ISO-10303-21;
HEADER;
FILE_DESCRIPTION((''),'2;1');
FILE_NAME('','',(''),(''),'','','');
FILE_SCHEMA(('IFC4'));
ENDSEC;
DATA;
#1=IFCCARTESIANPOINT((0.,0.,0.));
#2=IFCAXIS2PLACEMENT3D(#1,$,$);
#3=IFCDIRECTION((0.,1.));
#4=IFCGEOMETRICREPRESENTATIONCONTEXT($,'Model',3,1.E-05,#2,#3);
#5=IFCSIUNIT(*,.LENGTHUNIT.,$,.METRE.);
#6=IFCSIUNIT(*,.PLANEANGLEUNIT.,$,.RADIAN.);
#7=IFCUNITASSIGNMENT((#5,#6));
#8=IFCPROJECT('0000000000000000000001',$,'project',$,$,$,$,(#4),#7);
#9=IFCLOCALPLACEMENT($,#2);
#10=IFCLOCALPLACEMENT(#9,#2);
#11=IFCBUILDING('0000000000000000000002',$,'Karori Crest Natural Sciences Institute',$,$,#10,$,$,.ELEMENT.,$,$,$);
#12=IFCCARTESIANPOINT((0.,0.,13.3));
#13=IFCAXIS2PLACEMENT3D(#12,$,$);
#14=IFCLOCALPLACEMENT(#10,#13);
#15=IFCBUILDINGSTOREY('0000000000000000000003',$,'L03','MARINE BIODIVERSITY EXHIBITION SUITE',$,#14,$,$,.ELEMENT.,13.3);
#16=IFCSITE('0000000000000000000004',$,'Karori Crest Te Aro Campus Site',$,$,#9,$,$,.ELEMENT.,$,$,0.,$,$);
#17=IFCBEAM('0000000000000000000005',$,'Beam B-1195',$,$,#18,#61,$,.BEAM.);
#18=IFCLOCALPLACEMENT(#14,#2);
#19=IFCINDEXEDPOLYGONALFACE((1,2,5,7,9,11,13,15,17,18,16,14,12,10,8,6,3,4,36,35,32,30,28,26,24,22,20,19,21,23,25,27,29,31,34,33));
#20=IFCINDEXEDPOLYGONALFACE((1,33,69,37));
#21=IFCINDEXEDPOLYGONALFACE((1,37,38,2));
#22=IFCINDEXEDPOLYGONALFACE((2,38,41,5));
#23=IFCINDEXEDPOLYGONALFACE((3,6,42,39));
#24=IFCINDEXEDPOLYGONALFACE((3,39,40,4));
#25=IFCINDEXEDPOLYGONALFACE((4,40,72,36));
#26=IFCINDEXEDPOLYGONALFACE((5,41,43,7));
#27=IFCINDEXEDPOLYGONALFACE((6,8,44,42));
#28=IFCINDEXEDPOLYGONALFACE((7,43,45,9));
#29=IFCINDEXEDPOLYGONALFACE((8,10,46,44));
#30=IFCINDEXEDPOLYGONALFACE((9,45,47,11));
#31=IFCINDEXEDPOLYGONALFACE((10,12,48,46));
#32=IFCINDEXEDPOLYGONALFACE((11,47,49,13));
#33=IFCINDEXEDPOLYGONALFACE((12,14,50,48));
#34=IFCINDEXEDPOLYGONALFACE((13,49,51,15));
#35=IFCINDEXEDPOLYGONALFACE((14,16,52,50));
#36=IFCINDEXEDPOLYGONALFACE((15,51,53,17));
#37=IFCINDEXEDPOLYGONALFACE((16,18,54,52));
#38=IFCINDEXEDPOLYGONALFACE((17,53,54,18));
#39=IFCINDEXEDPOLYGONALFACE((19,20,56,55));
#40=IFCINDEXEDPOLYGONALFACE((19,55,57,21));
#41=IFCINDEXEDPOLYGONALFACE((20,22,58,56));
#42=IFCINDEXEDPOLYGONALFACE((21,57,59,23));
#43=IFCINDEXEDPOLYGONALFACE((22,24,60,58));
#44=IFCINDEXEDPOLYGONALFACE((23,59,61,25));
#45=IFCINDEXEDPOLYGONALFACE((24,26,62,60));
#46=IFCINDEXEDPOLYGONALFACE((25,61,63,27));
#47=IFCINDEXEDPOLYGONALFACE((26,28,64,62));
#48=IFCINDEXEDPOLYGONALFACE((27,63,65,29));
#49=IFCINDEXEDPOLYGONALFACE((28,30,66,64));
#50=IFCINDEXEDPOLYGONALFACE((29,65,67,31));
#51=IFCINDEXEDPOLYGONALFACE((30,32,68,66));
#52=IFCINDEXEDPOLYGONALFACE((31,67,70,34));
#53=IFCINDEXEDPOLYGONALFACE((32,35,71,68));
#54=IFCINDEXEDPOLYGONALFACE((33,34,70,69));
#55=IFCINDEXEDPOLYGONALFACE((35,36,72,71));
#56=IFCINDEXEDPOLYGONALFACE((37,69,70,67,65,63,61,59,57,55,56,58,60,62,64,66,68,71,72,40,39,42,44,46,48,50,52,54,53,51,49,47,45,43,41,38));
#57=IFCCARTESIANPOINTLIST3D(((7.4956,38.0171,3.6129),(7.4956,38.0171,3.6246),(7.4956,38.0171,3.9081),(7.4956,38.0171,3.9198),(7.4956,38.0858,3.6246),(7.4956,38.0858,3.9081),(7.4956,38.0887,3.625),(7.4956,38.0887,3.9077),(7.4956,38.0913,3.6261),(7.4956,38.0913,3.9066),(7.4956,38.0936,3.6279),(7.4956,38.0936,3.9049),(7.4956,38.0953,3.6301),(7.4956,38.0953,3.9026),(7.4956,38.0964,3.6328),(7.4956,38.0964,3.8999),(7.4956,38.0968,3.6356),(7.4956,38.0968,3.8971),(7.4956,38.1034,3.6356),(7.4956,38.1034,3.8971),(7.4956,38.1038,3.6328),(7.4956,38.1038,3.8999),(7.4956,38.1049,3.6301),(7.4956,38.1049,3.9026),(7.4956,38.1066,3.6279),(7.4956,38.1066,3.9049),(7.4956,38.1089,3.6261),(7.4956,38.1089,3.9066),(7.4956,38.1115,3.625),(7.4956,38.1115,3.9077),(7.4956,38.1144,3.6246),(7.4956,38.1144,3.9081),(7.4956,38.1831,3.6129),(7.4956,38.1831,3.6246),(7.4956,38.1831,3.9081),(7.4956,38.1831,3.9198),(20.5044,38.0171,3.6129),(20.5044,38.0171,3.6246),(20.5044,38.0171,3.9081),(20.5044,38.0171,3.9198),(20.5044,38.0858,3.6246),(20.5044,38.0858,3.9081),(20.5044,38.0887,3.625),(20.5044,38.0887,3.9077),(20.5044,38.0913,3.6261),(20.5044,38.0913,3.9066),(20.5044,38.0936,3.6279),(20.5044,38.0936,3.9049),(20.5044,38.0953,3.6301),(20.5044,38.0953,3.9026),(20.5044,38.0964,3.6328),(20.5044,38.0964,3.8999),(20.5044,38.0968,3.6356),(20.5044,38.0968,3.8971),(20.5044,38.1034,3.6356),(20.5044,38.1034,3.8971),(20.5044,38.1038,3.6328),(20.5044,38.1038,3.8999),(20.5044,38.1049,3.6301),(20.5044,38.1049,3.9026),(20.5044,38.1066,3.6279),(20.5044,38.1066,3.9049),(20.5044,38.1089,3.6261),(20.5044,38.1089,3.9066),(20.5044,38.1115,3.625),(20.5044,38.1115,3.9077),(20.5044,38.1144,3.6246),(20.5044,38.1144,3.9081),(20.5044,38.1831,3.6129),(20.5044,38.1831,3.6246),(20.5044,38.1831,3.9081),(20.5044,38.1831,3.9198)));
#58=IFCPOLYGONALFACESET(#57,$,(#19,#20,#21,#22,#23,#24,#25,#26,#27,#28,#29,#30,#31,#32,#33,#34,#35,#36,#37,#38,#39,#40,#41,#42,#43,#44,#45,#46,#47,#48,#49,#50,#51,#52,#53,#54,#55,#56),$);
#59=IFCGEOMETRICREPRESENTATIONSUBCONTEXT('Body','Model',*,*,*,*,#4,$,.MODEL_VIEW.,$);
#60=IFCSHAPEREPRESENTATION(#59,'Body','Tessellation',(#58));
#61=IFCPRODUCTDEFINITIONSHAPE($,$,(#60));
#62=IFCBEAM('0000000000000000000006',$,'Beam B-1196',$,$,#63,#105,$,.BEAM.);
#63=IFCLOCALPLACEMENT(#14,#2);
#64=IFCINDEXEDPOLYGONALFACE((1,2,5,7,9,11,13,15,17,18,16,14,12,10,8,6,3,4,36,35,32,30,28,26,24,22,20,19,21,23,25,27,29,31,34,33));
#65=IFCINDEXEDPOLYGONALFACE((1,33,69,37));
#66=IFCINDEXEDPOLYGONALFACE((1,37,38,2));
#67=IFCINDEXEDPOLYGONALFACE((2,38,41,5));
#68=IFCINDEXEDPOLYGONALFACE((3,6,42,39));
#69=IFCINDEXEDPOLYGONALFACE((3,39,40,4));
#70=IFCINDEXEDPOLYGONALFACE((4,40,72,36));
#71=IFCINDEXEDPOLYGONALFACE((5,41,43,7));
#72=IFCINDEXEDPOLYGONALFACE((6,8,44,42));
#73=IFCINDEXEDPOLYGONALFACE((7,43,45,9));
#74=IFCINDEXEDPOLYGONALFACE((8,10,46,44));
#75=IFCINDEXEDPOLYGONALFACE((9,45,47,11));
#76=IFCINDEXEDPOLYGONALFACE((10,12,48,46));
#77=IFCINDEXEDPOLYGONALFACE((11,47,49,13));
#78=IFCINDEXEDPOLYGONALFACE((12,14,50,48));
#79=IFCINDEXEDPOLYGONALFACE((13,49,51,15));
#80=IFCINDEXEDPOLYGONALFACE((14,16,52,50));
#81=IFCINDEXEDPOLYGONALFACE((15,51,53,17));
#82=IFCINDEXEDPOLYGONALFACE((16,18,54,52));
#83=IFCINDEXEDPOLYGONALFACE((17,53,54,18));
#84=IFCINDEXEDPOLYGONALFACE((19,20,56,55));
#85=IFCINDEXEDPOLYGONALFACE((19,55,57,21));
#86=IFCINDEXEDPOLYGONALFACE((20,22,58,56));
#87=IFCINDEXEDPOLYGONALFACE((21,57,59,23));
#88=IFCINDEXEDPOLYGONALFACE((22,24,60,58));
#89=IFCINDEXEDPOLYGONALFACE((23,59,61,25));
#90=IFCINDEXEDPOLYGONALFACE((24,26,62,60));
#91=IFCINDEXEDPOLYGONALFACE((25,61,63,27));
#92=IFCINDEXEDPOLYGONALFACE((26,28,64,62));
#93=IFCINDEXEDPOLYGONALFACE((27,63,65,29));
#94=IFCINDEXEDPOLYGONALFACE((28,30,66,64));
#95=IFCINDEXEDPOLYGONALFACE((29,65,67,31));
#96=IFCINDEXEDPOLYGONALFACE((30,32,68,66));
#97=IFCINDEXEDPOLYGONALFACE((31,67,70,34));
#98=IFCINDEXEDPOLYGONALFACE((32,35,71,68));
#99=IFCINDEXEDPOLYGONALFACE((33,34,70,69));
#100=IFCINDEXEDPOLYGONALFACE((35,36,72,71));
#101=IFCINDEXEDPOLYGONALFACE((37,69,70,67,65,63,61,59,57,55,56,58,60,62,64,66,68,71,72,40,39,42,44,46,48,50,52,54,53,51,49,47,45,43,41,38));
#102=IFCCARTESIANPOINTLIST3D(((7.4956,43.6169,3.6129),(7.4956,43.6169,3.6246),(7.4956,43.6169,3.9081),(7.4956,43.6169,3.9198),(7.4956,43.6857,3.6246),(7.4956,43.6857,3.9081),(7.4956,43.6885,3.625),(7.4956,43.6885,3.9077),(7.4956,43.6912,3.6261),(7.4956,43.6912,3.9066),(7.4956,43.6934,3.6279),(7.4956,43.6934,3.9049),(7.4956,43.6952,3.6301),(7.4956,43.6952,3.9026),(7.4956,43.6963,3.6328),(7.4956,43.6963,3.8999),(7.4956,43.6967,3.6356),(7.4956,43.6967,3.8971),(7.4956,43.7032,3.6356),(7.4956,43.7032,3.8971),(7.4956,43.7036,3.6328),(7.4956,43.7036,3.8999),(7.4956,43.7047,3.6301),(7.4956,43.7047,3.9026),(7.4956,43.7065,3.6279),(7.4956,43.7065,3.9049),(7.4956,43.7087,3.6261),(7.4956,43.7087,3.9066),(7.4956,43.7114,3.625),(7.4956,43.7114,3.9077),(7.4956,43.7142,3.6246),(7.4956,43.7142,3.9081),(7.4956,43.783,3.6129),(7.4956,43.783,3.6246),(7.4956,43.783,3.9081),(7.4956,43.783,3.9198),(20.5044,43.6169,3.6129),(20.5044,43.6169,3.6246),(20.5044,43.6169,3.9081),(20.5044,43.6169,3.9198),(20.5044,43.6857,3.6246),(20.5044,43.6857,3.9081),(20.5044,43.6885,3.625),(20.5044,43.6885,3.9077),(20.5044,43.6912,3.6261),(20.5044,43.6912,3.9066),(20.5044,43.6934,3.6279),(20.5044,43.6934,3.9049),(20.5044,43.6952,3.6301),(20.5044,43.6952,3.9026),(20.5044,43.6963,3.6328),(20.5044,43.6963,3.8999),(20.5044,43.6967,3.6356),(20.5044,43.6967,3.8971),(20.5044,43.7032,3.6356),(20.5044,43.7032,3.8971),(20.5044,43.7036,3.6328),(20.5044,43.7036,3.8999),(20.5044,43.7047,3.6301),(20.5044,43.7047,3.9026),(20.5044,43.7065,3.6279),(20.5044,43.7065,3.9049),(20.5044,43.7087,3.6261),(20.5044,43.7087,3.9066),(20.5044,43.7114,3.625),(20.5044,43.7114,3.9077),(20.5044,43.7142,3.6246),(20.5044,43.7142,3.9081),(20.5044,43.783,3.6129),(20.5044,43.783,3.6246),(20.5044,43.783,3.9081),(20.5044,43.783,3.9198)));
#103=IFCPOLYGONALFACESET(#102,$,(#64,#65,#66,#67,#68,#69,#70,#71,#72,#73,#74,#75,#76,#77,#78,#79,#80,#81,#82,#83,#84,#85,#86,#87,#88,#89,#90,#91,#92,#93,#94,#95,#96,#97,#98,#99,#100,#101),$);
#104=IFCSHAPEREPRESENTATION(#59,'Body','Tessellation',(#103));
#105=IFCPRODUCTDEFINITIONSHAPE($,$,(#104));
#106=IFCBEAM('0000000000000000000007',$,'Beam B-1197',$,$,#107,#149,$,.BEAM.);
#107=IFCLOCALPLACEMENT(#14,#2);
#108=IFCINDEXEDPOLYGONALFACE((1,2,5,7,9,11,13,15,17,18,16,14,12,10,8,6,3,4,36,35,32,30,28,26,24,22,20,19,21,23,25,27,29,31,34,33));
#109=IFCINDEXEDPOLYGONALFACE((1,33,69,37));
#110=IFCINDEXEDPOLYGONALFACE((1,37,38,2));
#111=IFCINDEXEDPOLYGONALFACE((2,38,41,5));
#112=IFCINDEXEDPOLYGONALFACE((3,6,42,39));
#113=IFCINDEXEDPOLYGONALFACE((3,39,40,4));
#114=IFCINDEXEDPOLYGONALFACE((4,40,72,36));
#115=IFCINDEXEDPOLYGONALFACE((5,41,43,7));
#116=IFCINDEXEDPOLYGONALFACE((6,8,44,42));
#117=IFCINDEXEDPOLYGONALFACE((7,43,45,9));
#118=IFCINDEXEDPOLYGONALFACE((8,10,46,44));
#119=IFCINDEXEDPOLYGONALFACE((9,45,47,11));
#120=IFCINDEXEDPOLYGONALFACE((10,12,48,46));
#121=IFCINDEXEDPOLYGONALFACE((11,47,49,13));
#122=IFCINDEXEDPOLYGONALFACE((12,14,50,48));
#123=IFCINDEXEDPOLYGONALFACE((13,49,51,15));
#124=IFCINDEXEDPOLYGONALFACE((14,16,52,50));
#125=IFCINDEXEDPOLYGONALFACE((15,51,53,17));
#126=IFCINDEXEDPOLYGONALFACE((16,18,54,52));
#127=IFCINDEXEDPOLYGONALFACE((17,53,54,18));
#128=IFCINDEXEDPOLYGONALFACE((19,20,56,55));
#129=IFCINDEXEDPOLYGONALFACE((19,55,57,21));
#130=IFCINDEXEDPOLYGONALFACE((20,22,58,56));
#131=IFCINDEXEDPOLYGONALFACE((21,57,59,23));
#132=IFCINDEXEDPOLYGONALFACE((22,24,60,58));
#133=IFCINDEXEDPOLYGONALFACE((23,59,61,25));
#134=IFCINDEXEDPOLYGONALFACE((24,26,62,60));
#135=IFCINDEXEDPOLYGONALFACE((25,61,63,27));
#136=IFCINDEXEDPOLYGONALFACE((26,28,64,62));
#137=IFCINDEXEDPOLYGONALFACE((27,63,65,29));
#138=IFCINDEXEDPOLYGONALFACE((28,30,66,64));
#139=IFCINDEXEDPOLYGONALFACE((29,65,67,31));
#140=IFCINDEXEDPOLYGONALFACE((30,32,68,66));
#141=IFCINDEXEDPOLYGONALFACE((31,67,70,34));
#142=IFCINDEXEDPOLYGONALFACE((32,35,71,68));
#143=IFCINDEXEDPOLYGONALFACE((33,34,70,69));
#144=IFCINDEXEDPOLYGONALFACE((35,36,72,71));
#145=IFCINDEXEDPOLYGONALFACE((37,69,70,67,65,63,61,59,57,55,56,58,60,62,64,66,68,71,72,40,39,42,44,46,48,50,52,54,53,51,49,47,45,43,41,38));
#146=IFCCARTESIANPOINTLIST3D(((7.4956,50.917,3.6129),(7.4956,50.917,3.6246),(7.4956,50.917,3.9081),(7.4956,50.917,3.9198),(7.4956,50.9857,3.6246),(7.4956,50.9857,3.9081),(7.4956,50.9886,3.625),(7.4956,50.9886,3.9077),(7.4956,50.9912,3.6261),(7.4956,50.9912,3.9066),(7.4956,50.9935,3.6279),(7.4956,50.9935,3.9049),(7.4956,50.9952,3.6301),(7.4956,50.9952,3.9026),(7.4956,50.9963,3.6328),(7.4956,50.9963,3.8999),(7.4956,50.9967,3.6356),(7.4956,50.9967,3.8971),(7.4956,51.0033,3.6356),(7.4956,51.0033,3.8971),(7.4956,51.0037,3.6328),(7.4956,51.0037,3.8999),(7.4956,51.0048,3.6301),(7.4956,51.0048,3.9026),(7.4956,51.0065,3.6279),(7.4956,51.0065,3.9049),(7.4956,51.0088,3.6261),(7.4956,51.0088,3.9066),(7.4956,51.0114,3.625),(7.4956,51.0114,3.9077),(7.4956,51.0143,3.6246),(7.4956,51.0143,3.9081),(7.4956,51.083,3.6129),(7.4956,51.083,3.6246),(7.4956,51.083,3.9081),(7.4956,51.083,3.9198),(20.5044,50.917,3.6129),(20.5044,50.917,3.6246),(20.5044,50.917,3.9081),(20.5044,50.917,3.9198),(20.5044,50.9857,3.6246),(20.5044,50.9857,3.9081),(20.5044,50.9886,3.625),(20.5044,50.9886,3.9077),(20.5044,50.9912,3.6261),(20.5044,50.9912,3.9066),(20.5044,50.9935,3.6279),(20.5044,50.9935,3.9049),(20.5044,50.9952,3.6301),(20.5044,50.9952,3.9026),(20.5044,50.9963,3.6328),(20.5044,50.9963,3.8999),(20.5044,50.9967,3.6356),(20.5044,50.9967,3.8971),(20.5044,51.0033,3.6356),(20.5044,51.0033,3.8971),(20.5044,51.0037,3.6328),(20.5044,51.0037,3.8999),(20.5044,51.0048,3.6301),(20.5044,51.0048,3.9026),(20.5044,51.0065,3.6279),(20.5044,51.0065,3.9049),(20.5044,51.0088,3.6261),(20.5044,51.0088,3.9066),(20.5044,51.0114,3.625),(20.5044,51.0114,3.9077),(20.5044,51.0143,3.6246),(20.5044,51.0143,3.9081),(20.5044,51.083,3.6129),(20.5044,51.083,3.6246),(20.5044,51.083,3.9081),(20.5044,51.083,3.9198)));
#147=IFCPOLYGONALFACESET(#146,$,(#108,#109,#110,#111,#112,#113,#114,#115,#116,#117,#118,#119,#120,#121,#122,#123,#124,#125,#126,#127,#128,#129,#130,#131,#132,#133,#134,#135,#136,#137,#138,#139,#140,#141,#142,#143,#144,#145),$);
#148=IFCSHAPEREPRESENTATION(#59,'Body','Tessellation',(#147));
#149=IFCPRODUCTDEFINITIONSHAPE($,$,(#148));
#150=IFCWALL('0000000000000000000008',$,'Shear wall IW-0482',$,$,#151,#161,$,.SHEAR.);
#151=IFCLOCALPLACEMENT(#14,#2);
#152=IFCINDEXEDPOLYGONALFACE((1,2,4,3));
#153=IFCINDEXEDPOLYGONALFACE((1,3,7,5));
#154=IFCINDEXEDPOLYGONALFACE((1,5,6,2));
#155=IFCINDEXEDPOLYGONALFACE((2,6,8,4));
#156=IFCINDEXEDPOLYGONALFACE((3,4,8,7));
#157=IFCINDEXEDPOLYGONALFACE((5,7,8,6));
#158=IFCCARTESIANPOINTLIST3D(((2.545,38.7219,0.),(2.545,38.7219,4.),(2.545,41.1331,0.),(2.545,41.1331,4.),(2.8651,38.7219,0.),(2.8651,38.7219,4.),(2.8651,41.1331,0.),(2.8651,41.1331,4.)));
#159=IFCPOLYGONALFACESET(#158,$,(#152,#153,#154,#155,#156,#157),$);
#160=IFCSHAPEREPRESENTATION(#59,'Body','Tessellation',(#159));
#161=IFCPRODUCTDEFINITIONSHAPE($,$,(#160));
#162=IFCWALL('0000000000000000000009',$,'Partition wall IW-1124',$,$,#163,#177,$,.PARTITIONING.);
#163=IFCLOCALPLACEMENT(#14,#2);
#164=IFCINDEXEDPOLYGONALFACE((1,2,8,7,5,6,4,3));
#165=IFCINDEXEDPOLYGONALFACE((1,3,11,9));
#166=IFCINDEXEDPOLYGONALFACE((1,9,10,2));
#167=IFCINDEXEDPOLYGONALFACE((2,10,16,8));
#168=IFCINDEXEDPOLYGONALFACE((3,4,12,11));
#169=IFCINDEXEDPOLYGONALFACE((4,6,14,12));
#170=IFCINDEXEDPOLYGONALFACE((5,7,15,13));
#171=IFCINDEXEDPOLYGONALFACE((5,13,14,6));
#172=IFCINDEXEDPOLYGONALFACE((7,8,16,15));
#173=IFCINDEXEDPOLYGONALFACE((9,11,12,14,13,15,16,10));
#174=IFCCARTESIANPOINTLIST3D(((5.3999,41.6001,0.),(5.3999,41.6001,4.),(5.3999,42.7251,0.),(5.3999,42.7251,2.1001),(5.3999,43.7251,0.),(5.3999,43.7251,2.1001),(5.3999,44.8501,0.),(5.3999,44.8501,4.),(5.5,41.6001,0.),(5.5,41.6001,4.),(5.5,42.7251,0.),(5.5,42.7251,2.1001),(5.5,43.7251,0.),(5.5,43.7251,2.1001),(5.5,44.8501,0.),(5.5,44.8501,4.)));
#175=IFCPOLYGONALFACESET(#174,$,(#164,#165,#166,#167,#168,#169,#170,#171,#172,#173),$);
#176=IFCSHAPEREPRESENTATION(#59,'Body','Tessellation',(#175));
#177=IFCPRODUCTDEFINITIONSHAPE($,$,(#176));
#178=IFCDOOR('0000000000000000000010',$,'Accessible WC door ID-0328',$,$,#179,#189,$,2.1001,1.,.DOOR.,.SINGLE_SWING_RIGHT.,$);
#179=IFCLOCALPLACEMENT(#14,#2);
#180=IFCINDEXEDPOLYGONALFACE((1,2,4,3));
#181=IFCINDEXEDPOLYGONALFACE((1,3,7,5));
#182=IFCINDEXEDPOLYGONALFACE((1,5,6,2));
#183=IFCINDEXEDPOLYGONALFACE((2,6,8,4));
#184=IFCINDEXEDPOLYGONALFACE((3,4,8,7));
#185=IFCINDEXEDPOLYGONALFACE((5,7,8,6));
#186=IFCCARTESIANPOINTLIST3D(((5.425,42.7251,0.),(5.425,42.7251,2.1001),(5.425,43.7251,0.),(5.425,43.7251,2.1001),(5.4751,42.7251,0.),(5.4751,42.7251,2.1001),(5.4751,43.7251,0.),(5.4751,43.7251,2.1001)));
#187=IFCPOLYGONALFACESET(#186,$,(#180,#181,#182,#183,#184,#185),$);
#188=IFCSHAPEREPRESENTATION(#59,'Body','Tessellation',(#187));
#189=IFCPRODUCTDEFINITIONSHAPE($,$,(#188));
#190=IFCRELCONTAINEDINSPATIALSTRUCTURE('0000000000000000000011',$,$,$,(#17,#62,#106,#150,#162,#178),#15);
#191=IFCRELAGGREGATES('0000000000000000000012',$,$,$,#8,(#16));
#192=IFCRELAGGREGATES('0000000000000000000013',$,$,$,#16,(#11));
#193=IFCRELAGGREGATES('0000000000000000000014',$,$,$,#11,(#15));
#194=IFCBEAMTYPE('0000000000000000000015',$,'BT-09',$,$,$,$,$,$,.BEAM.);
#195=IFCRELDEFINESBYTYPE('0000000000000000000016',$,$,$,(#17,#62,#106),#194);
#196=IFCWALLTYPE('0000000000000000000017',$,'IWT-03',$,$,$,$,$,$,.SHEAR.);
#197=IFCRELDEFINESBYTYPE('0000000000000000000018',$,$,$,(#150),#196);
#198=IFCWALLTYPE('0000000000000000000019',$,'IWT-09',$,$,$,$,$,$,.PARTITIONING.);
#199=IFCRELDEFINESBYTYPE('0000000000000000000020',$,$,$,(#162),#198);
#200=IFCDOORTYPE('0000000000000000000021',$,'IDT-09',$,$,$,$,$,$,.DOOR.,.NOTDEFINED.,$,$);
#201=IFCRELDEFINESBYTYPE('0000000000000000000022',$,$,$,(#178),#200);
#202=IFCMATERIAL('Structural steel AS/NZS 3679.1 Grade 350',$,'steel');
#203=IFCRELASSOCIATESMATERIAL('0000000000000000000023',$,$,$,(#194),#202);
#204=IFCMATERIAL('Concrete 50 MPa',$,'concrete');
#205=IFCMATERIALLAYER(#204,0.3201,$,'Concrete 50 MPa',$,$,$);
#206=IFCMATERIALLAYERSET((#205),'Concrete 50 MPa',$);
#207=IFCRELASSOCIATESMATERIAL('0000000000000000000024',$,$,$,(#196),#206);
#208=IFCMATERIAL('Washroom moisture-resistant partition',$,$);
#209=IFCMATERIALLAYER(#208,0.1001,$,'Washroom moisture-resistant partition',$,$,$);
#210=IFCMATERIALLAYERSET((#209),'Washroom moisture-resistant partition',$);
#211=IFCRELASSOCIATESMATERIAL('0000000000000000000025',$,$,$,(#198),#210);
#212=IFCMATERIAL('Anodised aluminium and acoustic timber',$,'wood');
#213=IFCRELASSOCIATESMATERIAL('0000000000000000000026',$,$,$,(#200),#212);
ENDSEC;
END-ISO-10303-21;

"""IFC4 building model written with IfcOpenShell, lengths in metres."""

from ifc_helpers import new_model, si_unit, direction, frame, frame_2d, origin, origin_2d, place, context, subcontext, project, spatial, rectangle, i_section, extrude, material, layer, layer_set, material_profile, profile_set, type_object, element, fill, save


model = new_model("IFC4")

# Units and contexts
model_context = context("Model", 3, precision=1e-05, world=origin(), true_north=direction((0.0, 1.0)))
body_context = subcontext(model_context, "Body", "Model", "MODEL_VIEW")
ifc_project = project(units=[si_unit("LENGTHUNIT", "METRE"), si_unit("PLANEANGLEUNIT", "RADIAN")], contexts=[model_context])

# Site, building, storey
site_placement = place(None, origin())
site = spatial("IfcSite", under=ifc_project, at=site_placement, Name="Karori Crest Te Aro Campus Site", CompositionType="ELEMENT", RefElevation=0.0)
building_placement = place(site_placement, origin())
building = spatial("IfcBuilding", under=site, at=building_placement, Name="Karori Crest Natural Sciences Institute", CompositionType="ELEMENT")
storey_placement = place(building_placement, frame((0.0, 0.0, 13.3)))
storey = spatial("IfcBuildingStorey", under=building, at=storey_placement, Name="L03", Description="MARINE BIODIVERSITY EXHIBITION SUITE", CompositionType="ELEMENT", Elevation=13.3)

# Shared definitions
ifc_material_1 = material(Name="Structural steel AS/NZS 3679.1 Grade 350", Category="steel")

# Beams
ifc_material_profile_1 = material_profile(ifc_material_1, i_section(OverallWidth=0.166, OverallDepth=0.3069, WebThickness=0.0066, FlangeThickness=0.0117, FilletRadius=0.011, at=origin_2d()), Name="310UB46.2")
ifc_profile_set_1 = profile_set([ifc_material_profile_1], Name="Structural steel AS/NZS 3679.1 Grade 350")
beam_type_1 = type_object("IfcBeamType", Name="BT-09", PredefinedType="BEAM", material=ifc_profile_set_1)
for number, where, z_axis, x_axis, name in (
    (1, (7.4956, 38.1001, 3.7664), (1.0, 0.0, 0.0), (0.0, 1.0, 0.0), "Beam B-1195"),
    (2, (7.4956, 43.7, 3.7664), (1.0, 0.0, 0.0), (0.0, 1.0, 0.0), "Beam B-1196"),
    (3, (7.4956, 51.0, 3.7664), (1.0, 0.0, 0.0), (0.0, 1.0, 0.0), "Beam B-1197"),
):
    element("IfcBeam", number, at=place(storey_placement, frame(where, z_axis=z_axis, x_axis=x_axis)), inside=storey, type_object=beam_type_1, Name=name, PredefinedType="BEAM", context=body_context, shape_type="SweptSolid", body=[
        extrude(i_section(OverallWidth=0.166, OverallDepth=0.3069, WebThickness=0.0066, FlangeThickness=0.0117, FilletRadius=0.011, at=origin_2d()), origin(), (0.0, 0.0, 1.0), 13.0088),
    ])

# Wall
ifc_material_2 = material(Name="Concrete 50 MPa", Category="concrete")
ifc_layer_1 = layer(ifc_material_2, 0.3201, Name="Concrete 50 MPa")
ifc_layer_set_1 = layer_set([ifc_layer_1], Name="Concrete 50 MPa")
wall_type_1 = type_object("IfcWallType", Name="IWT-03", PredefinedType="SHEAR", material=ifc_layer_set_1)
wall_1_placement = place(storey_placement, frame((2.7051, 38.7219, 0.0), z_axis=(0.0, 0.0, 1.0), x_axis=(0.0, 1.0, 0.0)))
element("IfcWall", 4, at=wall_1_placement, inside=storey, type_object=wall_type_1, Name="Shear wall IW-0482", PredefinedType="SHEAR", context=body_context, shape_type="SweptSolid", body=[
    extrude(rectangle(XDim=2.4111, YDim=0.3201, at=frame_2d((1.2056, 0.0))), origin(), (0.0, 0.0, 1.0), 4.0),
])

# Wall, opening, door
ifc_material_3 = material(Name="Washroom moisture-resistant partition")
ifc_layer_2 = layer(ifc_material_3, 0.1001, Name="Washroom moisture-resistant partition")
ifc_layer_set_2 = layer_set([ifc_layer_2], Name="Washroom moisture-resistant partition")
wall_type_2 = type_object("IfcWallType", Name="IWT-09", PredefinedType="PARTITIONING", material=ifc_layer_set_2)
wall_2_placement = place(storey_placement, frame((5.45, 41.6001, 0.0), z_axis=(0.0, 0.0, 1.0), x_axis=(0.0, 1.0, 0.0)))
wall_2 = element("IfcWall", 5, at=wall_2_placement, inside=storey, type_object=wall_type_2, Name="Partition wall IW-1124", PredefinedType="PARTITIONING", context=body_context, shape_type="SweptSolid", body=[
    extrude(rectangle(XDim=3.25, YDim=0.1001, at=frame_2d((1.625, 0.0))), origin(), (0.0, 0.0, 1.0), 4.0),
])
opening_1_placement = place(wall_2_placement, frame((1.125, 0.0, 0.0)))
opening_1 = element("IfcOpeningElement", 6, at=opening_1_placement, cuts=wall_2, PredefinedType="OPENING", context=body_context, shape_type="SweptSolid", body=[
    extrude(rectangle(XDim=1.0, YDim=2.1001, at=frame_2d((0.5, 1.05))), frame((0.0, 0.0601, 0.0), z_axis=(0.0, -1.0, 0.0), x_axis=(1.0, 0.0, 0.0)), (0.0, 0.0, 1.0), 0.1201),
])
ifc_material_4 = material(Name="Anodised aluminium and acoustic timber", Category="wood")
door_type_1 = type_object("IfcDoorType", Name="IDT-09", OperationType="NOTDEFINED", PredefinedType="DOOR", material=ifc_material_4)
door_1_placement = place(opening_1_placement, origin())
door_1 = element("IfcDoor", 7, at=door_1_placement, inside=storey, type_object=door_type_1, Name="Accessible WC door ID-0328", OperationType="SINGLE_SWING_RIGHT", OverallHeight=2.1001, OverallWidth=1.0, PredefinedType="DOOR", context=body_context, shape_type="SweptSolid", body=[
    extrude(rectangle(XDim=1.0, YDim=2.1001, at=frame_2d((0.5, 1.05))), frame((0.0, 0.0249, 0.0), z_axis=(0.0, -1.0, 0.0), x_axis=(1.0, 0.0, 0.0)), (0.0, 0.0, 1.0), 0.05),
])
fill(opening_1, door_1)

save(model, "model.ifc")
